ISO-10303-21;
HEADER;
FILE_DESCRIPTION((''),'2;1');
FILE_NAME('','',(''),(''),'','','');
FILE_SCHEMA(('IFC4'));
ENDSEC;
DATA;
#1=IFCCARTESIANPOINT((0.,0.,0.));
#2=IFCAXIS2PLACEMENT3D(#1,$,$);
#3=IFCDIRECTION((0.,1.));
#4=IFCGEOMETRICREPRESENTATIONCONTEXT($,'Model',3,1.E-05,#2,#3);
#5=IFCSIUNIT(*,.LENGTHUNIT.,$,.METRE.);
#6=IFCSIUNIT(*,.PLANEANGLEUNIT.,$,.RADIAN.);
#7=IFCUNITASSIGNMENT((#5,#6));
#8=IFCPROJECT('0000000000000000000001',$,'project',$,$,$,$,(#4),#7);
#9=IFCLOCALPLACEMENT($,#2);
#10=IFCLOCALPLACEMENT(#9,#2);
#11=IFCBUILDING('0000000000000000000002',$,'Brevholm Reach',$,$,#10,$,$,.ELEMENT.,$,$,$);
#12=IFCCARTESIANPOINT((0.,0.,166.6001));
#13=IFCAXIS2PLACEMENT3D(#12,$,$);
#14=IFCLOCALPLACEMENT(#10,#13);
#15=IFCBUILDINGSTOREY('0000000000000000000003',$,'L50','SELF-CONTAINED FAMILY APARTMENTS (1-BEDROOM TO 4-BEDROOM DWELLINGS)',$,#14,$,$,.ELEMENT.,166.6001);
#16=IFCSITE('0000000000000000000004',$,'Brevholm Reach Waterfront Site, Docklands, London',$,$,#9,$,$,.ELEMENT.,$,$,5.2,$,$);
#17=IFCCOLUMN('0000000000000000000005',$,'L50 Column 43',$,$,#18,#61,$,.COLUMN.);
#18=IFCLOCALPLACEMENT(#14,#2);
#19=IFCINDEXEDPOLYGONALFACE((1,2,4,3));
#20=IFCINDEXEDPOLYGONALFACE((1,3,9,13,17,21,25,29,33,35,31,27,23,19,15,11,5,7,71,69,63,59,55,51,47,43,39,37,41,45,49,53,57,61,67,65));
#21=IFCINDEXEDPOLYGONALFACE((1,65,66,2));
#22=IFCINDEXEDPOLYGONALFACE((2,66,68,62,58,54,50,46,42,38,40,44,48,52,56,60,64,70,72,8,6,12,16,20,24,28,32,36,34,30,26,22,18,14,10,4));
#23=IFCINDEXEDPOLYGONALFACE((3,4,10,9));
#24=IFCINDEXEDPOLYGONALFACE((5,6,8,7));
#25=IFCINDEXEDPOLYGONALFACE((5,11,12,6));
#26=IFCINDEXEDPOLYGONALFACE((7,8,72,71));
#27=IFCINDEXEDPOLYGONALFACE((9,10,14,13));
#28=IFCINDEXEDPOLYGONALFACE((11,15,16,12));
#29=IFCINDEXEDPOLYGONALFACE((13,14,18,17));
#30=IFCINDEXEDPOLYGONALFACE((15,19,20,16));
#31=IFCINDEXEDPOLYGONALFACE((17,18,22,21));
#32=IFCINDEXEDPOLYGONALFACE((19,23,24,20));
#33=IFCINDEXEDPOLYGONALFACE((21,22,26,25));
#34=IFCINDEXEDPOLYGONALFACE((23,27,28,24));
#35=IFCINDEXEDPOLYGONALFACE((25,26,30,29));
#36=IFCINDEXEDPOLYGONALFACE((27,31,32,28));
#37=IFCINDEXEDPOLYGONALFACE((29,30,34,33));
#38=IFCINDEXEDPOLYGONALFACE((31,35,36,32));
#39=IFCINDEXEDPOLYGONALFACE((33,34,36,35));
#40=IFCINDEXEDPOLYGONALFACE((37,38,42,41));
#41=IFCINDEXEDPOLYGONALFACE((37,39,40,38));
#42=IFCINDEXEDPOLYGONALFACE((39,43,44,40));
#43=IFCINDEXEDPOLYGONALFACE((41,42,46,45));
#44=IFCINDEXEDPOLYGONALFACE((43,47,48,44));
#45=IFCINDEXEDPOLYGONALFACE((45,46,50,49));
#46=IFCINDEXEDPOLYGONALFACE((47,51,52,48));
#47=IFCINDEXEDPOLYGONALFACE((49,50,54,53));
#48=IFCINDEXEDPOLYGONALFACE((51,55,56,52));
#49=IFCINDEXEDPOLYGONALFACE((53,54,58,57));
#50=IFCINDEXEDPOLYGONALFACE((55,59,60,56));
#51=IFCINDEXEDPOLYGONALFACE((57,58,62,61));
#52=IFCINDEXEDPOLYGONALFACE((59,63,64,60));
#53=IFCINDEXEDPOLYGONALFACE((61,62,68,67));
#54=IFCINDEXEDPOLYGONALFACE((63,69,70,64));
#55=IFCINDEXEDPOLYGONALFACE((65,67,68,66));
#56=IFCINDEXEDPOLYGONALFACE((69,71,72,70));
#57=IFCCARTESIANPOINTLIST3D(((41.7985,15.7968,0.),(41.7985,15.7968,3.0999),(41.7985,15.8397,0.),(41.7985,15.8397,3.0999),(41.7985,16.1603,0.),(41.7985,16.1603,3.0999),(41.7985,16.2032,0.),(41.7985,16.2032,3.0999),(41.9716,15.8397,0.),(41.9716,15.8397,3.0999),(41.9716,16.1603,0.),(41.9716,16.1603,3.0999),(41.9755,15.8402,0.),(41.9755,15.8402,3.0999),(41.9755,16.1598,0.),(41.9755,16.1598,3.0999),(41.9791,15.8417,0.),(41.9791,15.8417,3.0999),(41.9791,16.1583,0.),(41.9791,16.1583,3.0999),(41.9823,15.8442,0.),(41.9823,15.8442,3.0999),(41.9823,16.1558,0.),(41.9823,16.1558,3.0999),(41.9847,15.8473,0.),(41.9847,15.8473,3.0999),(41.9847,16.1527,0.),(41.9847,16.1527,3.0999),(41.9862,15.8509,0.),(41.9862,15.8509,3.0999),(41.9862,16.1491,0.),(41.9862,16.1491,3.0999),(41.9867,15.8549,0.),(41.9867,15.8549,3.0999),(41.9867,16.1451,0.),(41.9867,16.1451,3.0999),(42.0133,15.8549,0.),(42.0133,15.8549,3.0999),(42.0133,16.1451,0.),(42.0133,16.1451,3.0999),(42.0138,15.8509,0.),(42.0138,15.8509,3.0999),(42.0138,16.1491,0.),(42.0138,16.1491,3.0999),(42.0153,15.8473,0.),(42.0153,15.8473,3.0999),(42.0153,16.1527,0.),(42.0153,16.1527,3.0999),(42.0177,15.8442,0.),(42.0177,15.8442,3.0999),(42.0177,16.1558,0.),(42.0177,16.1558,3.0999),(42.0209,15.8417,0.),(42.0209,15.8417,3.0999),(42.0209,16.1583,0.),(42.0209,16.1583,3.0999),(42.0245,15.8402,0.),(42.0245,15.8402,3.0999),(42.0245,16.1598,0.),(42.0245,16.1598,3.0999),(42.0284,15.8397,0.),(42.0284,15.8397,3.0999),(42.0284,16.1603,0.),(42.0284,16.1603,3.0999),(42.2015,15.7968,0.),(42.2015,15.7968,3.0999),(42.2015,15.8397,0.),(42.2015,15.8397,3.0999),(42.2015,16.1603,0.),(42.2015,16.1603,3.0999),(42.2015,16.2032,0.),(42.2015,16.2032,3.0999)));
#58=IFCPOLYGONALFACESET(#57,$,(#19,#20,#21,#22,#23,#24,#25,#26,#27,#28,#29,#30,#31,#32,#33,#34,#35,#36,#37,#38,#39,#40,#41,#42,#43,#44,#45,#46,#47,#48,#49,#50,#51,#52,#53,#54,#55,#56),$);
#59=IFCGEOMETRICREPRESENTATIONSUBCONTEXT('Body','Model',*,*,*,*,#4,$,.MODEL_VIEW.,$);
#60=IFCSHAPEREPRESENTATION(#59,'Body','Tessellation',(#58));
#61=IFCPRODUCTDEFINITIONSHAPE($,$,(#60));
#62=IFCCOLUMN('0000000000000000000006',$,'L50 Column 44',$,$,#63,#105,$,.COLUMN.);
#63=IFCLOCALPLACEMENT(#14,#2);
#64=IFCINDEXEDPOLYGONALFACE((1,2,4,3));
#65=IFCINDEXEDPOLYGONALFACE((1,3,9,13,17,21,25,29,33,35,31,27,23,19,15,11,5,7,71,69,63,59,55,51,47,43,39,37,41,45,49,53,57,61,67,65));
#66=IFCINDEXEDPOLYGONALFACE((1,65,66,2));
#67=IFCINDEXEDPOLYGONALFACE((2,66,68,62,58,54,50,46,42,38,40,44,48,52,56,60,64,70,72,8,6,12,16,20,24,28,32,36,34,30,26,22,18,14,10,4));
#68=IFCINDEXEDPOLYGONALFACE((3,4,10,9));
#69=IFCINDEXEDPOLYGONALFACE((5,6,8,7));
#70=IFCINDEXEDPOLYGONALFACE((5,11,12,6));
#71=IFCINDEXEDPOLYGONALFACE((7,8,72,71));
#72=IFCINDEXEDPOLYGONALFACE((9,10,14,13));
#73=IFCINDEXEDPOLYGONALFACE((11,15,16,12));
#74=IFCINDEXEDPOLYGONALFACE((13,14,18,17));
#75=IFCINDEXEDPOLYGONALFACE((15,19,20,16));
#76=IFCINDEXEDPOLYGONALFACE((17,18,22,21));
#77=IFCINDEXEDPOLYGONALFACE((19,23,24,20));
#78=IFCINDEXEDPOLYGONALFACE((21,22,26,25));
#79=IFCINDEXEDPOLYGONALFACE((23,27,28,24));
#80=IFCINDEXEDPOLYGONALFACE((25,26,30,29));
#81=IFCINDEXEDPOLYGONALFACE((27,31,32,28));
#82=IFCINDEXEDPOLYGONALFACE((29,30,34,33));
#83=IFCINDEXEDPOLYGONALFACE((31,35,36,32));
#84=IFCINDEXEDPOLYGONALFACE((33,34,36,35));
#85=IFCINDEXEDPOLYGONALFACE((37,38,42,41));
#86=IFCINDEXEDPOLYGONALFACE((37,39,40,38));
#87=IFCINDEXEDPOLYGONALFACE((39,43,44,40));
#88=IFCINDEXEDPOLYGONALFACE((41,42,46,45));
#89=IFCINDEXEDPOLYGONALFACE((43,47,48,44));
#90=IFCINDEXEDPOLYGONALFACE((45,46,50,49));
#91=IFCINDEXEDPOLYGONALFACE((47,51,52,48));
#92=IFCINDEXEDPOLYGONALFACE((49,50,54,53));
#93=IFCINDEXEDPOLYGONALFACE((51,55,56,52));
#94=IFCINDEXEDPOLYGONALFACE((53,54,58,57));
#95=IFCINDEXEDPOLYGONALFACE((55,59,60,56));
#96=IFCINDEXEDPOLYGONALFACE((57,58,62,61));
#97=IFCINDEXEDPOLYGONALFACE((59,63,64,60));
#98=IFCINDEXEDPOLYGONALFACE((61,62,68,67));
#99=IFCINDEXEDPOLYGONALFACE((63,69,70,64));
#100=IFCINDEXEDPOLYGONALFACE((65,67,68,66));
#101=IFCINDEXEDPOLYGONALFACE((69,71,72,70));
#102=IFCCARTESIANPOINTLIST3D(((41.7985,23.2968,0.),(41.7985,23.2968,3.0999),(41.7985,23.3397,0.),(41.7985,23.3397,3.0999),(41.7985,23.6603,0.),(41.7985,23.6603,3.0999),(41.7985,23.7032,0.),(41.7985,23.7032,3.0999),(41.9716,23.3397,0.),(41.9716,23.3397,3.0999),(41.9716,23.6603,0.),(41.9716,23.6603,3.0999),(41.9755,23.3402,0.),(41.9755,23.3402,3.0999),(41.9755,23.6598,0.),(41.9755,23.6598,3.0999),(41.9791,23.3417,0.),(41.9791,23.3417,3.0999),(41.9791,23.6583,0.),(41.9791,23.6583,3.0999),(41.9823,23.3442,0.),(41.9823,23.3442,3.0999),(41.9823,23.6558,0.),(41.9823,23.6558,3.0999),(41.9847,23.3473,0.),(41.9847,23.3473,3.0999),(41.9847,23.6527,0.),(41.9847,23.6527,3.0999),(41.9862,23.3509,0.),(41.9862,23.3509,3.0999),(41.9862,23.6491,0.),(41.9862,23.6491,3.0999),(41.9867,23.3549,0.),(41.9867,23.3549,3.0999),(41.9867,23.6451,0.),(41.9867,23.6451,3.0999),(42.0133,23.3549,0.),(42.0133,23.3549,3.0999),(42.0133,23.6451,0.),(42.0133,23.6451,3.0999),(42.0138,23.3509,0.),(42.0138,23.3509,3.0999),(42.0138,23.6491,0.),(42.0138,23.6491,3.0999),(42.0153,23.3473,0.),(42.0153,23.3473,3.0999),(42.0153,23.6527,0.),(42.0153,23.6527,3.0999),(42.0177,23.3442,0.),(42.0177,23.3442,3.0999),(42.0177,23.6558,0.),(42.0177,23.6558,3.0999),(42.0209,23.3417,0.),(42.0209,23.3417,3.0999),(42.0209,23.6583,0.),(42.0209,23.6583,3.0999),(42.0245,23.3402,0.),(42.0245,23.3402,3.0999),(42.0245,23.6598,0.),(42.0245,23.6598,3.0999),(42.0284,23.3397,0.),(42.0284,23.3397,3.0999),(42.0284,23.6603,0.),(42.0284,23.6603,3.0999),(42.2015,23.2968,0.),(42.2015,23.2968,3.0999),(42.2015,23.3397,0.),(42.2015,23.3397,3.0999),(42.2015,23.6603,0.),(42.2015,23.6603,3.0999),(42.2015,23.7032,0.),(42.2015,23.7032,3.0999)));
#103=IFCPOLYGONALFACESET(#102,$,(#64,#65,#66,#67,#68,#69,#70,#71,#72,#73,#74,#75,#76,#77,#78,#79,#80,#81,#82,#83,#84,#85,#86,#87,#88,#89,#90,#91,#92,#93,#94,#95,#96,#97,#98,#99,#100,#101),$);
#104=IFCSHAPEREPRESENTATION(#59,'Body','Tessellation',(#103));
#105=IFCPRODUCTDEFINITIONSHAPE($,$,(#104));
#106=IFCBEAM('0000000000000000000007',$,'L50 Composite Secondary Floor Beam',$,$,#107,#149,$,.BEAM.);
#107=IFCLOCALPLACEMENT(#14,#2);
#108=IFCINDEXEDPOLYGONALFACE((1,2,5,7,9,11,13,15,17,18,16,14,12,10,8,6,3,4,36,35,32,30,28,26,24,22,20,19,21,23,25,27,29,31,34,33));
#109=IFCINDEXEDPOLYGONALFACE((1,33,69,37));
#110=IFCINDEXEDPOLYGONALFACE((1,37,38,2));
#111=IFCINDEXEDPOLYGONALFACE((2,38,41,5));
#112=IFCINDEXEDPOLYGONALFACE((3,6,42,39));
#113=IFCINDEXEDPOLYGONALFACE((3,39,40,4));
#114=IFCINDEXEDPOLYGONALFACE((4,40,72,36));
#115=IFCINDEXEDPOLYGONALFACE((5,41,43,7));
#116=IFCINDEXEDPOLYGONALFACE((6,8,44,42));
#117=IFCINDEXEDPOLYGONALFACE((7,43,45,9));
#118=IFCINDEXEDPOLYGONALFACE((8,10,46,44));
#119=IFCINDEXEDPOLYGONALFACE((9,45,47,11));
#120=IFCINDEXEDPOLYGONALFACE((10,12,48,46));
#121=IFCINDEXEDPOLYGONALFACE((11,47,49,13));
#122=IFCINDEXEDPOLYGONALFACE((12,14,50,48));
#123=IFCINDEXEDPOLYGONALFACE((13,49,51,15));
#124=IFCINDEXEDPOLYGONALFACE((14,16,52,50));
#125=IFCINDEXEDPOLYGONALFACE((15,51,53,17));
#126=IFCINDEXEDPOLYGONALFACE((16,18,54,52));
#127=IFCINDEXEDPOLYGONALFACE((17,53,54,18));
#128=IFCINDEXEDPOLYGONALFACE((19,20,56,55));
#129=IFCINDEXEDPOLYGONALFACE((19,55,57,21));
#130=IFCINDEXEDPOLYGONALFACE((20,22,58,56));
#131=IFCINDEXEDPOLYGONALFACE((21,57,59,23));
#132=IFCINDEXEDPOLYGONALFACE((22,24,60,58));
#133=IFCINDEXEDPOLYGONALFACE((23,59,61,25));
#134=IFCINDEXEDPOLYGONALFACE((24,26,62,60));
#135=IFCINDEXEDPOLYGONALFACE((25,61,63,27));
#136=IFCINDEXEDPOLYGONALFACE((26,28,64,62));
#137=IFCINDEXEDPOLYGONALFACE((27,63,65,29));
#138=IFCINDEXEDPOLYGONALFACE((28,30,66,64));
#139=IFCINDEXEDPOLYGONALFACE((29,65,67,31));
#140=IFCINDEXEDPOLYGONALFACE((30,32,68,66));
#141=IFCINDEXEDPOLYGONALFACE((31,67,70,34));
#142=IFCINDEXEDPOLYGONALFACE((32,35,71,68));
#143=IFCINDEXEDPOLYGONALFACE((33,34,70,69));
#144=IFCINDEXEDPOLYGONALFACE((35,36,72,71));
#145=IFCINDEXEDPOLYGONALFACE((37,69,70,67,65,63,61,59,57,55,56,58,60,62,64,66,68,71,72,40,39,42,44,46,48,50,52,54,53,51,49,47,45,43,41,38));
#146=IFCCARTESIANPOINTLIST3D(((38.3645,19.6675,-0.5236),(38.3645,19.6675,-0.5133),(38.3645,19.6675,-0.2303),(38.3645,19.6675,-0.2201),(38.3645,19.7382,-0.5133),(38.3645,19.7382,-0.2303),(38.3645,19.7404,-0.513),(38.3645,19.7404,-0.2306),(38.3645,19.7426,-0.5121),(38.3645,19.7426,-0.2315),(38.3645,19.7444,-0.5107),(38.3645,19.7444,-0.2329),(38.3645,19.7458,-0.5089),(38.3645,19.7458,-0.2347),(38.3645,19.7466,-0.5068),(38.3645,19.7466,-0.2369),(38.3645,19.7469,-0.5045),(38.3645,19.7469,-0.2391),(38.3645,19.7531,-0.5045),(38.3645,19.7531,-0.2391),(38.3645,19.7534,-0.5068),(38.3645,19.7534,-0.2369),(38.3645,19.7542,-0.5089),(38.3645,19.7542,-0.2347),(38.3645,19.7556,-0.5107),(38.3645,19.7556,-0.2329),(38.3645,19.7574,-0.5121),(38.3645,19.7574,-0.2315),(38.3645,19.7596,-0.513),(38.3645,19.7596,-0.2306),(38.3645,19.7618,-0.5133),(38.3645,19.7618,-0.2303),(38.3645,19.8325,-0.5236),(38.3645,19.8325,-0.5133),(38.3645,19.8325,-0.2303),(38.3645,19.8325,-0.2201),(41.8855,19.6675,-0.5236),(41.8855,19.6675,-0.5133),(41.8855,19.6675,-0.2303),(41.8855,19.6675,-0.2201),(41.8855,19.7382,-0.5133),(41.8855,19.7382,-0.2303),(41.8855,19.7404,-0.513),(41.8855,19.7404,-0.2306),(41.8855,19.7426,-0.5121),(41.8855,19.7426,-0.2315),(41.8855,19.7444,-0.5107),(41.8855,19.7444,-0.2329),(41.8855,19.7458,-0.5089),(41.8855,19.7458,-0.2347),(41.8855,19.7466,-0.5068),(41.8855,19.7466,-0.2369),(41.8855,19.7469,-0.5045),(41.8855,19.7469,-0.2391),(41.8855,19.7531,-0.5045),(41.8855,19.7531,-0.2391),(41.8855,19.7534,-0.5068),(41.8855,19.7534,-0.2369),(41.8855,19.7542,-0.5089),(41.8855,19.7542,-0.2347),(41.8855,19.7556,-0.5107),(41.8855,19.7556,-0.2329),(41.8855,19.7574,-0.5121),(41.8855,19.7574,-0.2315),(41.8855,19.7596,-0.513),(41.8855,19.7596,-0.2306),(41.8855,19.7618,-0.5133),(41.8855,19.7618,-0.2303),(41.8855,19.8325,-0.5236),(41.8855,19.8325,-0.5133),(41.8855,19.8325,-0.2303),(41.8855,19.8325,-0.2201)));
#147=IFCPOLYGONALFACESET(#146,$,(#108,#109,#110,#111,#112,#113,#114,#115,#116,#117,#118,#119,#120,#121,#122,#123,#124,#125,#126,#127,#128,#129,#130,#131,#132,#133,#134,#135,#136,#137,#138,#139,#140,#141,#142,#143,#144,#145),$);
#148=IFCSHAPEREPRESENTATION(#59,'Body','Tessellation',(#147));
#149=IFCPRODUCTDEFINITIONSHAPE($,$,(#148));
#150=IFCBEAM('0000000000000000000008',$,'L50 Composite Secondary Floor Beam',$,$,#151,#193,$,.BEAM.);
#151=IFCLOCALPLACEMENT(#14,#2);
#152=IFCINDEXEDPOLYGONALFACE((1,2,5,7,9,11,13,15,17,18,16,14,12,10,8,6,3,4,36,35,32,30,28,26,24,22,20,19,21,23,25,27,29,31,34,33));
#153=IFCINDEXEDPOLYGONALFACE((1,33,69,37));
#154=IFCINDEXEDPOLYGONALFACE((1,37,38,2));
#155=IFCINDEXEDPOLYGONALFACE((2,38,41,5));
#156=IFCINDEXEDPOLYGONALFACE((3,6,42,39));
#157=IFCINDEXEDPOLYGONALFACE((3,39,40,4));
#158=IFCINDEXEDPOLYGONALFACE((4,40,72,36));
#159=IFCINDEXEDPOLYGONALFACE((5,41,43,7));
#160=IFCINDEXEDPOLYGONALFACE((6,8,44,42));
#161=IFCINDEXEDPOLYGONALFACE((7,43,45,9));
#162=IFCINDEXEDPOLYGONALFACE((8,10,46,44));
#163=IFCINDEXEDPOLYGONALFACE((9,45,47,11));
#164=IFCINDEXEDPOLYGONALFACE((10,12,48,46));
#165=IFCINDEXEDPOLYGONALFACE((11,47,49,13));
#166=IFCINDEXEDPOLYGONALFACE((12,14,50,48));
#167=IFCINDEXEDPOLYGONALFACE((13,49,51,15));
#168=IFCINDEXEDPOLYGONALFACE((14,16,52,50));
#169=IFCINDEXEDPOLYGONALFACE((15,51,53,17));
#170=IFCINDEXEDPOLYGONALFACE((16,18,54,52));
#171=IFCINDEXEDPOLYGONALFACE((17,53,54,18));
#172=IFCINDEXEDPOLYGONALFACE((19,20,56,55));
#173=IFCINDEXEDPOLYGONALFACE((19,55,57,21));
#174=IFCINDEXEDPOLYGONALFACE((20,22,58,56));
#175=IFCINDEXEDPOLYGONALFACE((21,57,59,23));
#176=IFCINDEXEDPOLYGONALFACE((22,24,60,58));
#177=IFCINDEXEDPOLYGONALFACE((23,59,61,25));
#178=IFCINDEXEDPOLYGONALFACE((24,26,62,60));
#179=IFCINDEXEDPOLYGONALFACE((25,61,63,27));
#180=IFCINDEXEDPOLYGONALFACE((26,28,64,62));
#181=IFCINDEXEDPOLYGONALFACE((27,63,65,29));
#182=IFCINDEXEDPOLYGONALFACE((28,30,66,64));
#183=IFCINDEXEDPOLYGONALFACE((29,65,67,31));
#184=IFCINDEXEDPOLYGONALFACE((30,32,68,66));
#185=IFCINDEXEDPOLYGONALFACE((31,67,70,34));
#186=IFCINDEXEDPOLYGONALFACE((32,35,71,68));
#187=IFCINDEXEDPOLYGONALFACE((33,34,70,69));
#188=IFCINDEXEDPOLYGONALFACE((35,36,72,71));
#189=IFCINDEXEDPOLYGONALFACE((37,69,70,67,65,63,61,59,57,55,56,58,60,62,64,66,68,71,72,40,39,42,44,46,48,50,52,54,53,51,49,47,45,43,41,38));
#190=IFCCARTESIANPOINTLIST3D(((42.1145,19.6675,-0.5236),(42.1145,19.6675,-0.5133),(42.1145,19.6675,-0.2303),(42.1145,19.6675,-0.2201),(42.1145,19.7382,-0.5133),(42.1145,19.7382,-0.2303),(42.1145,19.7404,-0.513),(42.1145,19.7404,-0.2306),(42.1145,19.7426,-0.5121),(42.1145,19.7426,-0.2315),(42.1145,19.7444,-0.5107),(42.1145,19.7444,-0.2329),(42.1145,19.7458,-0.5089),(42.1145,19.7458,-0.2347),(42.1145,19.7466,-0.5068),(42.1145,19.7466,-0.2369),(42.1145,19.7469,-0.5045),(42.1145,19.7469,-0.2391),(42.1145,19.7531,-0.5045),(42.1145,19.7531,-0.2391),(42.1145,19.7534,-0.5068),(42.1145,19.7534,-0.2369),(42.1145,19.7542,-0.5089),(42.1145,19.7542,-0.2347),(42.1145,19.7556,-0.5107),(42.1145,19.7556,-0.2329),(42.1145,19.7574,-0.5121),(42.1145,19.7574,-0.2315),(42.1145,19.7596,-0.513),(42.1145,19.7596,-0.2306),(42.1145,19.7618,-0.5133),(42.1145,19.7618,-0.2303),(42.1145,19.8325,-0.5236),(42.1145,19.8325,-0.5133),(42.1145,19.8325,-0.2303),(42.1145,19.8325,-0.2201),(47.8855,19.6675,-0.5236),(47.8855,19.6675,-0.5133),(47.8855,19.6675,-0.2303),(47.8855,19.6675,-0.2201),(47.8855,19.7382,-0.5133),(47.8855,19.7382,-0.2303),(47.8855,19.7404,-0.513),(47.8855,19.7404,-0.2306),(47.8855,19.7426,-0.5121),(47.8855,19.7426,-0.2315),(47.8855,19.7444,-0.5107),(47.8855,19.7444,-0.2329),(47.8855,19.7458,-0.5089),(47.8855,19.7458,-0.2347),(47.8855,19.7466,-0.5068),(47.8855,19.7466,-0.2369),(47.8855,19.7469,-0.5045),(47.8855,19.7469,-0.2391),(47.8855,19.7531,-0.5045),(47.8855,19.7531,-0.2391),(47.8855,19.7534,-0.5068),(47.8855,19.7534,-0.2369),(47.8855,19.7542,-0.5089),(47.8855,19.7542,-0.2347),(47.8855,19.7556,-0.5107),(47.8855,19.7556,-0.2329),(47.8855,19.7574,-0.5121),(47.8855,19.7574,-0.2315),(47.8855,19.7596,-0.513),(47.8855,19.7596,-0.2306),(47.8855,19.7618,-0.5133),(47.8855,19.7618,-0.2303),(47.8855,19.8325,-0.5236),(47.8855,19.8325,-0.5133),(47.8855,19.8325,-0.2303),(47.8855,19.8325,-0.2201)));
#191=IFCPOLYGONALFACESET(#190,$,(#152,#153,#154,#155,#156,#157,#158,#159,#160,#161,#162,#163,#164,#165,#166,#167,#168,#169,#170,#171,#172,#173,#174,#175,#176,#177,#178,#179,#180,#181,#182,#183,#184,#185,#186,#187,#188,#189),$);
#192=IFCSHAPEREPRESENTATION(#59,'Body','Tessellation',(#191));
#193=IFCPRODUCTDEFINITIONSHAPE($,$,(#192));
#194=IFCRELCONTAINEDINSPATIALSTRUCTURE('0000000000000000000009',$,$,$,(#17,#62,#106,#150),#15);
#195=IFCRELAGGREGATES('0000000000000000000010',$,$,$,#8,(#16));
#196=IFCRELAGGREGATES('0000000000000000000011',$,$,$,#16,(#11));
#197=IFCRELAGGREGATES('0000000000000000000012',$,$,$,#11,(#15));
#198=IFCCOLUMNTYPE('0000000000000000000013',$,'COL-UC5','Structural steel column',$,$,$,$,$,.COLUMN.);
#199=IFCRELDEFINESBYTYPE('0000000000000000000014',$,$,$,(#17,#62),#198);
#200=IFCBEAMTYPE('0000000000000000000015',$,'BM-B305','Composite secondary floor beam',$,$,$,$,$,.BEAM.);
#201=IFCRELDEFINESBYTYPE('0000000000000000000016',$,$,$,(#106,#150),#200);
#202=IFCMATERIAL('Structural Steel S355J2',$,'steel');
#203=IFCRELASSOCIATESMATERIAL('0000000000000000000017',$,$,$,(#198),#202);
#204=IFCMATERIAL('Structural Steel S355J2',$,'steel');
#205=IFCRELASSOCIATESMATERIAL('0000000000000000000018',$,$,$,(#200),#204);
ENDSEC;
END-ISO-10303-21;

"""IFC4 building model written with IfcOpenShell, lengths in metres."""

from ifc_helpers import new_model, si_unit, direction, frame, origin, origin_2d, place, context, subcontext, project, spatial, i_section, extrude, material, material_profile, profile_set, type_object, element, save


model = new_model("IFC4")

# Units and contexts
model_context = context("Model", 3, precision=1e-05, world=origin(), true_north=direction((0.0, 1.0)))
body_context = subcontext(model_context, "Body", "Model", "MODEL_VIEW")
ifc_project = project(units=[si_unit("LENGTHUNIT", "METRE"), si_unit("PLANEANGLEUNIT", "RADIAN")], contexts=[model_context])

# Site, building, storey
site_placement = place(None, origin())
site = spatial("IfcSite", under=ifc_project, at=site_placement, Name="Brevholm Reach Waterfront Site, Docklands, London", CompositionType="ELEMENT", RefElevation=5.2)
building_placement = place(site_placement, origin())
building = spatial("IfcBuilding", under=site, at=building_placement, Name="Brevholm Reach", CompositionType="ELEMENT")
storey_placement = place(building_placement, frame((0.0, 0.0, 166.6001)))
storey = spatial("IfcBuildingStorey", under=building, at=storey_placement, Name="L50", Description="SELF-CONTAINED FAMILY APARTMENTS (1-BEDROOM TO 4-BEDROOM DWELLINGS)", CompositionType="ELEMENT", Elevation=166.6001)

# Columns
ifc_material_1 = material(Name="Structural Steel S355J2", Category="steel")
ifc_material_profile_1 = material_profile(ifc_material_1, i_section(OverallWidth=0.4031, OverallDepth=0.4065, WebThickness=0.0266, FlangeThickness=0.043, FilletRadius=0.0151, at=origin_2d()), Name="UKC 356x406x340")
ifc_profile_set_1 = profile_set([ifc_material_profile_1], Name="Structural Steel S355J2")
column_type = type_object("IfcColumnType", Name="COL-UC5", Description="Structural steel column", PredefinedType="COLUMN", material=ifc_profile_set_1)
for number, where, z_axis, x_axis, name in (
    (1, (42.0, 16.0, 0.0), (0.0, 0.0, 1.0), (1.0, 0.0, 0.0), "L50 Column 43"),
    (2, (42.0, 23.5, 0.0), (0.0, 0.0, 1.0), (1.0, 0.0, 0.0), "L50 Column 44"),
):
    element("IfcColumn", number, at=place(storey_placement, frame(where, z_axis=z_axis, x_axis=x_axis)), inside=storey, type_object=column_type, Name=name, PredefinedType="COLUMN", context=body_context, shape_type="SweptSolid", body=[
        extrude(i_section(OverallWidth=0.4031, OverallDepth=0.4065, WebThickness=0.0266, FlangeThickness=0.043, FilletRadius=0.0151, at=origin_2d()), origin(), (0.0, 0.0, 1.0), 3.0999),
    ])

# Beams
ifc_material_2 = material(Name="Structural Steel S355J2", Category="steel")
ifc_material_profile_2 = material_profile(ifc_material_2, i_section(OverallWidth=0.165, OverallDepth=0.3035, WebThickness=0.0061, FlangeThickness=0.0103, FilletRadius=0.0088, at=origin_2d()), Name="UKB 305x165x40")
ifc_profile_set_2 = profile_set([ifc_material_profile_2], Name="Structural Steel S355J2")
beam_type_1 = type_object("IfcBeamType", Name="BM-B305", Description="Composite secondary floor beam", PredefinedType="BEAM", material=ifc_profile_set_2)
beam_1_placement = place(storey_placement, frame((38.3645, 19.75, -0.3718), z_axis=(1.0, 0.0, 0.0), x_axis=(0.0, 1.0, 0.0)))
element("IfcBeam", 3, at=beam_1_placement, inside=storey, type_object=beam_type_1, Name="L50 Composite Secondary Floor Beam", PredefinedType="BEAM", context=body_context, shape_type="SweptSolid", body=[
    extrude(i_section(OverallWidth=0.165, OverallDepth=0.3035, WebThickness=0.0061, FlangeThickness=0.0103, FilletRadius=0.0088, at=origin_2d()), origin(), (0.0, 0.0, 1.0), 3.521),
])
beam_2_placement = place(storey_placement, frame((42.1145, 19.75, -0.3718), z_axis=(1.0, 0.0, 0.0), x_axis=(0.0, 1.0, 0.0)))
element("IfcBeam", 4, at=beam_2_placement, inside=storey, type_object=beam_type_1, Name="L50 Composite Secondary Floor Beam", PredefinedType="BEAM", context=body_context, shape_type="SweptSolid", body=[
    extrude(i_section(OverallWidth=0.165, OverallDepth=0.3035, WebThickness=0.0061, FlangeThickness=0.0103, FilletRadius=0.0088, at=origin_2d()), origin(), (0.0, 0.0, 1.0), 5.771),
])

save(model, "model.ifc")
